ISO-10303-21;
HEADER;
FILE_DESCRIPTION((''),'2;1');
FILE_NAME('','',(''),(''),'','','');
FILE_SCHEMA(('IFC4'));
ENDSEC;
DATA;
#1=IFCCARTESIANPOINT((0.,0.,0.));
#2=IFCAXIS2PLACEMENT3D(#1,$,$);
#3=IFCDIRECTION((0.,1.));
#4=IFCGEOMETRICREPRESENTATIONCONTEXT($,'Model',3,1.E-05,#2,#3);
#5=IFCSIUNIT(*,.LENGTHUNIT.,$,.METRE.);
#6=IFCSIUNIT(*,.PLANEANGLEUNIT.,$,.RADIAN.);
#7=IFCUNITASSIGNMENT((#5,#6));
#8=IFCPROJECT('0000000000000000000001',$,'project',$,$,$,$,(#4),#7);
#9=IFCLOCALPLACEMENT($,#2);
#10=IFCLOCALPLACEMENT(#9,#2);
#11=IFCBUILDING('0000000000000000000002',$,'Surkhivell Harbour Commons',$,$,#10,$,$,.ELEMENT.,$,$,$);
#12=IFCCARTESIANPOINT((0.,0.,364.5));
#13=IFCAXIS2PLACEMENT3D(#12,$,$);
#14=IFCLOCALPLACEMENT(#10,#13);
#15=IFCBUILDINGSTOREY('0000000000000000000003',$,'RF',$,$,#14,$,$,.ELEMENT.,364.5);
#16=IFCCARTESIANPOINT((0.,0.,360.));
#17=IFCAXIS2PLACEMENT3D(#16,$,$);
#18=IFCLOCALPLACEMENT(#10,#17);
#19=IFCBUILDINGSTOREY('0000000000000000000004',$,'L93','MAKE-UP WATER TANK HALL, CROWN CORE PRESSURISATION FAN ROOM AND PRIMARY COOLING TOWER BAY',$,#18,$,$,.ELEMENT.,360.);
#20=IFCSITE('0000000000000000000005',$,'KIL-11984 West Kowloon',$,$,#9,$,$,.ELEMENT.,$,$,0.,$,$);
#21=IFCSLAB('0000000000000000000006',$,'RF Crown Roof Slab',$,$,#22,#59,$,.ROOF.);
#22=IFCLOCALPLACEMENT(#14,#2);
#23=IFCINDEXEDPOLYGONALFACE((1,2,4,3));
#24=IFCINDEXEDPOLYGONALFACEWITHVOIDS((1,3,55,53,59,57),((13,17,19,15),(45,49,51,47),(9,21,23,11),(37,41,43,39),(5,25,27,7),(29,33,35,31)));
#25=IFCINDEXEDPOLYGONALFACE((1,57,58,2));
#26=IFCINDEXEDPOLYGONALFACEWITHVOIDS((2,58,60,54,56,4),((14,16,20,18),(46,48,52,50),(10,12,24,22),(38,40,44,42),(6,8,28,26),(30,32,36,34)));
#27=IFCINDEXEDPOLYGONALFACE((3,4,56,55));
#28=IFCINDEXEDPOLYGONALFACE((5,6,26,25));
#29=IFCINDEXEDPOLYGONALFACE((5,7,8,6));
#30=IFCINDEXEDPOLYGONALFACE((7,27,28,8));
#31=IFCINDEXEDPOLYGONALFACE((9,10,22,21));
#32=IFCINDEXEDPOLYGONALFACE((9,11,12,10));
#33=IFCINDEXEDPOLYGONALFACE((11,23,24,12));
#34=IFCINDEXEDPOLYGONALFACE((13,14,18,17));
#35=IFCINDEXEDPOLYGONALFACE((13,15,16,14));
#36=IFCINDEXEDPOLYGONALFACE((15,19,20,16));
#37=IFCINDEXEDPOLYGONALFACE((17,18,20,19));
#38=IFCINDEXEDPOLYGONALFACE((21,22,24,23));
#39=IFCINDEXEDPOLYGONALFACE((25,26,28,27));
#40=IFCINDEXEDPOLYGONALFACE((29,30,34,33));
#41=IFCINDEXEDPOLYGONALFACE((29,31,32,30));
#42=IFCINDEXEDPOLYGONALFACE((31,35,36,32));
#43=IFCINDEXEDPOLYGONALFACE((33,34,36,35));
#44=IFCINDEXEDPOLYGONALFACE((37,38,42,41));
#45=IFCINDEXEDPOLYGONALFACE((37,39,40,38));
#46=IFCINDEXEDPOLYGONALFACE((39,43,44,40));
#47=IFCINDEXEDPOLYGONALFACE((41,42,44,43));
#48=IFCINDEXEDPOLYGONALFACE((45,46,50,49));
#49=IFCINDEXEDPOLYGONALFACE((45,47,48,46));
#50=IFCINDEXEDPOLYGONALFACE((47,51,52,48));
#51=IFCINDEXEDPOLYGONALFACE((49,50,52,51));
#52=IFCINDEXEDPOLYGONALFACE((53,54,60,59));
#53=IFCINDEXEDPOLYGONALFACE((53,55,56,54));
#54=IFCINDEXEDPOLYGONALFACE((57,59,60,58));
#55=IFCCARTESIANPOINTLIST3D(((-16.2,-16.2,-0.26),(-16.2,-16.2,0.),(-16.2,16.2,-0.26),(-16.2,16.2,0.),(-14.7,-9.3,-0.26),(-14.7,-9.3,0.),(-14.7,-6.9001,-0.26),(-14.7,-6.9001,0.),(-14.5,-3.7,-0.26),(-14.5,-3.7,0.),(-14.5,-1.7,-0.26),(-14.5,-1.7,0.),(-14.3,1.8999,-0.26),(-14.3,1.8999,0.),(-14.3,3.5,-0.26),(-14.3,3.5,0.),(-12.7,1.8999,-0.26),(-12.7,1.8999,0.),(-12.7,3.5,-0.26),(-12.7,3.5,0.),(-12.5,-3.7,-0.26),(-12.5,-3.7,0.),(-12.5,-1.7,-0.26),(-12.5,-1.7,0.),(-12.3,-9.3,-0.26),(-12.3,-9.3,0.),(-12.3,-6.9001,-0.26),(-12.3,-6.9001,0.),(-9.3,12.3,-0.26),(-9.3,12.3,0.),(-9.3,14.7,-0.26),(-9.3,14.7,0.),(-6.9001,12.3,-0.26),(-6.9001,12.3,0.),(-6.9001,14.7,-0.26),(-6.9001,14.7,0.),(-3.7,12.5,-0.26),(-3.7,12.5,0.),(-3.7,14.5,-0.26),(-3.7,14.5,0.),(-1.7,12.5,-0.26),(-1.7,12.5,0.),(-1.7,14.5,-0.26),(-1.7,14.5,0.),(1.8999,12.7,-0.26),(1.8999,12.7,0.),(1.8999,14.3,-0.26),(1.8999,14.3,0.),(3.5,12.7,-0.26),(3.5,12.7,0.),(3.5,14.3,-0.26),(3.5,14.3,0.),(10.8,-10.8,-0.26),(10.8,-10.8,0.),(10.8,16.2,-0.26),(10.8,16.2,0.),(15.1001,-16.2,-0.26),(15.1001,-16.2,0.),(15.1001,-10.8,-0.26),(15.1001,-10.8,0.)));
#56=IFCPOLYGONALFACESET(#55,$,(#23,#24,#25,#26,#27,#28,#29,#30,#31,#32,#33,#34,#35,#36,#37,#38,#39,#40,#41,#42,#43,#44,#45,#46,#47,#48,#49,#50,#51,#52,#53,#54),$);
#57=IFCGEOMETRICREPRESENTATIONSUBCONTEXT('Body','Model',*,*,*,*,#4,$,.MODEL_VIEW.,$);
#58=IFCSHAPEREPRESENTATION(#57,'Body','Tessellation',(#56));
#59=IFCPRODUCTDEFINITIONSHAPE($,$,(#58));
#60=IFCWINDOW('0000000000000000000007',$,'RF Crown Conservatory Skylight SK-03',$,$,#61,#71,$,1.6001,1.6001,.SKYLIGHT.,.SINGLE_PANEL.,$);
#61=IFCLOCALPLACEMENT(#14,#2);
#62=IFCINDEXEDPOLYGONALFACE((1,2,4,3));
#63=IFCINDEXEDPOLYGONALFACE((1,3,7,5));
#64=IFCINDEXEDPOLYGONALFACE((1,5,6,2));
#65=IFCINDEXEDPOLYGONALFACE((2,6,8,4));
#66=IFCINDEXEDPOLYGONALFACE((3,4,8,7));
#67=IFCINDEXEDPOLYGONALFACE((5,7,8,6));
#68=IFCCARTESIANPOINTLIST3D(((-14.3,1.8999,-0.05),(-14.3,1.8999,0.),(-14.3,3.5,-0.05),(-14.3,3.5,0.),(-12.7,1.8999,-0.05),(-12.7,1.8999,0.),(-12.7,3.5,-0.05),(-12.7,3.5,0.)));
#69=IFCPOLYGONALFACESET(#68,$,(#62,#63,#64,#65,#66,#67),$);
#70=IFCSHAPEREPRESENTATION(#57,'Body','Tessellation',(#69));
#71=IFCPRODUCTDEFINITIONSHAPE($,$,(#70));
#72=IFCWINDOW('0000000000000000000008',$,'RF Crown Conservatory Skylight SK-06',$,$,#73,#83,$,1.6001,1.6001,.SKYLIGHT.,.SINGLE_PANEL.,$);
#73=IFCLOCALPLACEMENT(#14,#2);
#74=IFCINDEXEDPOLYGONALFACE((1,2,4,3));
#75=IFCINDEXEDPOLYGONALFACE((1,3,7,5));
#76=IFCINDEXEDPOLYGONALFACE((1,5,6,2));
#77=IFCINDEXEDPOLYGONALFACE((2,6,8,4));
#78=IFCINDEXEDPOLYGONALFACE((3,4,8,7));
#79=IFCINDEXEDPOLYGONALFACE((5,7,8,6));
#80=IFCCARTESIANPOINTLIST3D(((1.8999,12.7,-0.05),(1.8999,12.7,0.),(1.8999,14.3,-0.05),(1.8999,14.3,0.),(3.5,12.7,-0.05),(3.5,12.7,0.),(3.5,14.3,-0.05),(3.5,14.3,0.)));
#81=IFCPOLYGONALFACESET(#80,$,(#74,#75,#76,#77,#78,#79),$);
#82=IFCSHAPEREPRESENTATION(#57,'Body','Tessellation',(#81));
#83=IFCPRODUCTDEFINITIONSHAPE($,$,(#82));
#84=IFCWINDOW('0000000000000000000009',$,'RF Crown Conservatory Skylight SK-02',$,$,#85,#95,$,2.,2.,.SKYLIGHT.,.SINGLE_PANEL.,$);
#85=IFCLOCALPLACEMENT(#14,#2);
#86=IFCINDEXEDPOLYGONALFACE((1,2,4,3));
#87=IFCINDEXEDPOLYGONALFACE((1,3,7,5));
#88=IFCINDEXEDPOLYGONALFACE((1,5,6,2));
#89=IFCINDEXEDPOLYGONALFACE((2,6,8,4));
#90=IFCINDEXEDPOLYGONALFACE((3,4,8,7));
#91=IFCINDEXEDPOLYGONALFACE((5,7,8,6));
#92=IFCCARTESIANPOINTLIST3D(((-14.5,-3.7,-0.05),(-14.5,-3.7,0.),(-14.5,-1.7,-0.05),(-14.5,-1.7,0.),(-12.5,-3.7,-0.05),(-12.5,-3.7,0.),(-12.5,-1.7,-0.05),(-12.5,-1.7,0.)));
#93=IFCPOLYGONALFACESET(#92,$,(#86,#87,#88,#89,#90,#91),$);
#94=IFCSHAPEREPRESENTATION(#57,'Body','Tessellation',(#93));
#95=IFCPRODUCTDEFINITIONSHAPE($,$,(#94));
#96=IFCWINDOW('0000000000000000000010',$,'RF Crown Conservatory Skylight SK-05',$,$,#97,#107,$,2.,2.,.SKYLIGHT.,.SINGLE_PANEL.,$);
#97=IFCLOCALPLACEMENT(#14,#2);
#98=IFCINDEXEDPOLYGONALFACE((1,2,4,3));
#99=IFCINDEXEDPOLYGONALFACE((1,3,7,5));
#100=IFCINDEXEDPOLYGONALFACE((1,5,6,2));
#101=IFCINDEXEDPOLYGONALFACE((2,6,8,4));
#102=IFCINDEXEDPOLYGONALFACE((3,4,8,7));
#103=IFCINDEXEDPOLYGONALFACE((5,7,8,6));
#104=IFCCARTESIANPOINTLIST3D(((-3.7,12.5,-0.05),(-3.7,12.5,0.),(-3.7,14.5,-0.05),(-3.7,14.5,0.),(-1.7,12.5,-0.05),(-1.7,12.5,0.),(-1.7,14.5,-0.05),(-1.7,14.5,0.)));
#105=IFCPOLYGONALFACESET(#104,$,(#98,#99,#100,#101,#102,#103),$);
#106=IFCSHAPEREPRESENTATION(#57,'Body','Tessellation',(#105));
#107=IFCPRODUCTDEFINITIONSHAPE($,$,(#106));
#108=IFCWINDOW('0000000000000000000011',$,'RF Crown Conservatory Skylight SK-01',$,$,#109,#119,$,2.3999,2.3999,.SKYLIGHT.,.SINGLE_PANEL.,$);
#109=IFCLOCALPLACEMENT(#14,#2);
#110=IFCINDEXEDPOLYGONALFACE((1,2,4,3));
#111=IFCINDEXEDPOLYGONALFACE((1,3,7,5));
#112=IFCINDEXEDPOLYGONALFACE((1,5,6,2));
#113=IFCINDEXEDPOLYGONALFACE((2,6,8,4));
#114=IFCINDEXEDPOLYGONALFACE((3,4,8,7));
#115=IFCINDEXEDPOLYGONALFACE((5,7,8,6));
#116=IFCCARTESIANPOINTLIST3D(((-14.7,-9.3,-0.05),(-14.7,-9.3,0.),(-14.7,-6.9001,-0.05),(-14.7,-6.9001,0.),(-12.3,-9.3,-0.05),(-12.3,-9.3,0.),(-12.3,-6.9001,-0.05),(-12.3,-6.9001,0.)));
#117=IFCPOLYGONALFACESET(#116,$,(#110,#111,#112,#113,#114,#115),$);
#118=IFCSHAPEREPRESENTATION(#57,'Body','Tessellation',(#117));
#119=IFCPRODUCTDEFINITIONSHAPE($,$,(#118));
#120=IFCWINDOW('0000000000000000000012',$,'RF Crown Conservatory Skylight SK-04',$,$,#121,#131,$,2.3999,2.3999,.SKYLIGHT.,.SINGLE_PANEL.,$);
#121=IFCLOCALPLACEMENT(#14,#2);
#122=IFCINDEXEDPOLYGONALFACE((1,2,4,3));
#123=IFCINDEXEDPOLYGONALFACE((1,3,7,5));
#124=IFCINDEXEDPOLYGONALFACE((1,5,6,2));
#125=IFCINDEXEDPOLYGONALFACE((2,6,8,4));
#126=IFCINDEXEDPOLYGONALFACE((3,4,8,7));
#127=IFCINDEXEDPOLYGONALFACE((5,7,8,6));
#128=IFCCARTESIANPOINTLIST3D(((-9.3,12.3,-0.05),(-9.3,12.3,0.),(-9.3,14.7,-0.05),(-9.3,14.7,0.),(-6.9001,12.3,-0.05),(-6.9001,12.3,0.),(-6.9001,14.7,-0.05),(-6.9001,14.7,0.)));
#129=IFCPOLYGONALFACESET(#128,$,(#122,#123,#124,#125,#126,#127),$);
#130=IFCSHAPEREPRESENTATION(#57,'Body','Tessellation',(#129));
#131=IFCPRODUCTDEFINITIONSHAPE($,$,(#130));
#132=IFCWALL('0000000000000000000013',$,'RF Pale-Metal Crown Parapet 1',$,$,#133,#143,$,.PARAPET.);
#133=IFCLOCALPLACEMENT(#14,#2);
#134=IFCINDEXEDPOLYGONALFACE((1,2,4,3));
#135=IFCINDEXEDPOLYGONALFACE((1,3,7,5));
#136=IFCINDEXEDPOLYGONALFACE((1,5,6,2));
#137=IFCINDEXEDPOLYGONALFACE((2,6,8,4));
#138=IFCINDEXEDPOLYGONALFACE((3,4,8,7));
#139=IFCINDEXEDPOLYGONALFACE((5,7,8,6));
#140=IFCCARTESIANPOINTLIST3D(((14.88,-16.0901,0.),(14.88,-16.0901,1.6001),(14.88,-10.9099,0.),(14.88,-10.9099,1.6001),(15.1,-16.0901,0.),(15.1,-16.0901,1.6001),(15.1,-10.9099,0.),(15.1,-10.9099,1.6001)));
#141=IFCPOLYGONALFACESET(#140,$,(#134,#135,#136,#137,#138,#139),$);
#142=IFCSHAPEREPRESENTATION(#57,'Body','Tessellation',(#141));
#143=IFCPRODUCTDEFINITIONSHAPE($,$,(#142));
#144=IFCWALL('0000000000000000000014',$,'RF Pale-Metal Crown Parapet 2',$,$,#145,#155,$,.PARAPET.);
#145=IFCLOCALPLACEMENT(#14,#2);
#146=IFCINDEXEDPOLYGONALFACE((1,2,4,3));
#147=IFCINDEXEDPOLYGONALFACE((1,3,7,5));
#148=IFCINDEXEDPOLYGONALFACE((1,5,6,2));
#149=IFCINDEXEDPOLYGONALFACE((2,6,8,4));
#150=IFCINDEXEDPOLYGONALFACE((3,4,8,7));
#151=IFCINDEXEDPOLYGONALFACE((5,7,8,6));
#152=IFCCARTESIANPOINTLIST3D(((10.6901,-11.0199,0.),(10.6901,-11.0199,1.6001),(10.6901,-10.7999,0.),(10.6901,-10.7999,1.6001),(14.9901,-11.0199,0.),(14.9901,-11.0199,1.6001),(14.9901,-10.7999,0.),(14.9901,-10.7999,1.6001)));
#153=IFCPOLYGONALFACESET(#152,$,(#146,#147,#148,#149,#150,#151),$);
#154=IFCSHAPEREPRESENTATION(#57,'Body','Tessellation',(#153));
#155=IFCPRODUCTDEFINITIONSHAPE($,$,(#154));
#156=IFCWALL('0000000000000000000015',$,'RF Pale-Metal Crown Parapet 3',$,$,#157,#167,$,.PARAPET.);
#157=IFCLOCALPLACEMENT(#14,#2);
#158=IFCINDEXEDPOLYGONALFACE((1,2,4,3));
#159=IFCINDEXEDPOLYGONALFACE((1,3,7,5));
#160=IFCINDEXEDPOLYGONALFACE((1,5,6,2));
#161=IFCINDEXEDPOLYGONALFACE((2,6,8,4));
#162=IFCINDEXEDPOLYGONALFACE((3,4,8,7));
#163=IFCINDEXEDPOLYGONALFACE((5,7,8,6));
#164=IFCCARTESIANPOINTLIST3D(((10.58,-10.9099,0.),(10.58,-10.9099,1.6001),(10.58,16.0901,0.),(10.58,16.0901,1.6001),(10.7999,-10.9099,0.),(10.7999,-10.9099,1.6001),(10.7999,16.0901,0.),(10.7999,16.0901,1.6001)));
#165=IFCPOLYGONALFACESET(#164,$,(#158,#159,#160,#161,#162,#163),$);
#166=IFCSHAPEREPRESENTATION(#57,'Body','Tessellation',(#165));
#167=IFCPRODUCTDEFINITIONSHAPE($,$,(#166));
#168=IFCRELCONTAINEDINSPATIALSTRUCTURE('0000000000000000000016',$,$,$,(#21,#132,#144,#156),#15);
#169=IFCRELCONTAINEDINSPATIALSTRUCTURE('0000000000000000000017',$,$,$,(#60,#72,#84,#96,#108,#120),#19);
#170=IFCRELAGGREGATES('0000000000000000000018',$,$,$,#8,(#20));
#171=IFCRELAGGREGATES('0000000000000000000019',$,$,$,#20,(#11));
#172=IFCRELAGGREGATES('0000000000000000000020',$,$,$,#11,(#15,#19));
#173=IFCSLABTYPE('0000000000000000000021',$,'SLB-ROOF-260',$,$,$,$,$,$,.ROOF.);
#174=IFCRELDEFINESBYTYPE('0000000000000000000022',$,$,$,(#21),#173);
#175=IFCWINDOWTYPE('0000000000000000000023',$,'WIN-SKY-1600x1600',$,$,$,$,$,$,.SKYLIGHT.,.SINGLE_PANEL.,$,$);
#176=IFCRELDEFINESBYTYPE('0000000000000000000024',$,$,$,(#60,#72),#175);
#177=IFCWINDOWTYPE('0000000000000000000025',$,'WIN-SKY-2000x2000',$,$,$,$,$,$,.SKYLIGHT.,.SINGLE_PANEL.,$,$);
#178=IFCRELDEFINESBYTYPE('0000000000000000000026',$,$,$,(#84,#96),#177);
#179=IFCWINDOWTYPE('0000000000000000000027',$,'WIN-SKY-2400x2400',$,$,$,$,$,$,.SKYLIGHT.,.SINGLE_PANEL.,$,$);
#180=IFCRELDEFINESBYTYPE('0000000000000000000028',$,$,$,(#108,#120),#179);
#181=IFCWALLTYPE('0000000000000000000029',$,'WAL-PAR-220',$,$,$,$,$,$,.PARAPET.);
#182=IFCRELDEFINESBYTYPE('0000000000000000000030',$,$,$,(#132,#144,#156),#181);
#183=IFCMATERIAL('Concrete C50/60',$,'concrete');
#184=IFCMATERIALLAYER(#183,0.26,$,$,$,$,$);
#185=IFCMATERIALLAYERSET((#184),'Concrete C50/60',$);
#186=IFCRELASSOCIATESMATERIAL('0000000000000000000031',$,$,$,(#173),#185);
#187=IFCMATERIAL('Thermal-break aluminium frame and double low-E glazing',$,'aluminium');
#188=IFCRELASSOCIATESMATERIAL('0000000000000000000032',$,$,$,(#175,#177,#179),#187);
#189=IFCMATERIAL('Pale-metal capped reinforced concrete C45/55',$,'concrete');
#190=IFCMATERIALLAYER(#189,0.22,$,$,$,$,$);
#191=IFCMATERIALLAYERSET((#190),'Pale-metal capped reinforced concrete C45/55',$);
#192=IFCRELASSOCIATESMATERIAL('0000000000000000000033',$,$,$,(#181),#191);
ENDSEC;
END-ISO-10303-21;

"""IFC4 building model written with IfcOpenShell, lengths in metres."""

from ifc_helpers import new_model, si_unit, direction, frame, frame_2d, origin, origin_2d, place, context, subcontext, project, spatial, polyline, rectangle, outline, extrude, material, layer, layer_set, type_object, element, fill, save


model = new_model("IFC4")

# Units and contexts
model_context = context("Model", 3, precision=1e-05, world=origin(), true_north=direction((0.0, 1.0)))
body_context = subcontext(model_context, "Body", "Model", "MODEL_VIEW")
ifc_project = project(units=[si_unit("LENGTHUNIT", "METRE"), si_unit("PLANEANGLEUNIT", "RADIAN")], contexts=[model_context])

# Site, building, storey
site_placement = place(None, origin())
site = spatial("IfcSite", under=ifc_project, at=site_placement, Name="KIL-11984 West Kowloon", CompositionType="ELEMENT", RefElevation=0.0)
building_placement = place(site_placement, origin())
building = spatial("IfcBuilding", under=site, at=building_placement, Name="Surkhivell Harbour Commons", CompositionType="ELEMENT")
storey_1_placement = place(building_placement, frame((0.0, 0.0, 364.5)))
storey_1 = spatial("IfcBuildingStorey", under=building, at=storey_1_placement, Name="RF", CompositionType="ELEMENT", Elevation=364.5)

# Slab, openings
ifc_material_1 = material(Name="Concrete C50/60", Category="concrete")
ifc_layer_1 = layer(ifc_material_1, 0.26)
ifc_layer_set_1 = layer_set([ifc_layer_1], Name="Concrete C50/60")
slab_type = type_object("IfcSlabType", Name="SLB-ROOF-260", PredefinedType="ROOF", material=ifc_layer_set_1)
slab_placement = place(storey_1_placement, frame((0.0, 0.0, -0.26)))
slab = element("IfcSlab", 1, at=slab_placement, inside=storey_1, type_object=slab_type, Name="RF Crown Roof Slab", PredefinedType="ROOF", context=body_context, shape_type="SweptSolid", body=[
    extrude(outline(polyline([(10.8, -16.2), (15.1001, -16.2), (15.1001, -10.8), (10.8, -10.8), (10.8, 16.2), (-16.2, 16.2), (-16.2, -16.2), (10.8, -16.2)])), origin(), (0.0, 0.0, 1.0), 0.26),
])
opening_1_placement = place(slab_placement, frame((-13.5, -8.1001, 0.0)))
opening_1 = element("IfcOpeningElement", 2, at=opening_1_placement, cuts=slab, PredefinedType="OPENING", context=body_context, shape_type="SweptSolid", body=[
    extrude(rectangle(XDim=2.3999, YDim=2.3999, at=origin_2d()), origin(), (0.0, 0.0, 1.0), 0.26),
])
opening_2_placement = place(slab_placement, frame((-13.5, -2.7, 0.0)))
opening_2 = element("IfcOpeningElement", 3, at=opening_2_placement, cuts=slab, PredefinedType="OPENING", context=body_context, shape_type="SweptSolid", body=[
    extrude(rectangle(XDim=2.0, YDim=2.0, at=origin_2d()), origin(), (0.0, 0.0, 1.0), 0.26),
])
opening_3_placement = place(slab_placement, frame((-13.5, 2.7, 0.0)))
opening_3 = element("IfcOpeningElement", 4, at=opening_3_placement, cuts=slab, PredefinedType="OPENING", context=body_context, shape_type="SweptSolid", body=[
    extrude(rectangle(XDim=1.6001, YDim=1.6001, at=origin_2d()), origin(), (0.0, 0.0, 1.0), 0.26),
])
opening_4_placement = place(slab_placement, frame((-8.1001, 13.5, 0.0)))
opening_4 = element("IfcOpeningElement", 5, at=opening_4_placement, cuts=slab, PredefinedType="OPENING", context=body_context, shape_type="SweptSolid", body=[
    extrude(rectangle(XDim=2.3999, YDim=2.3999, at=origin_2d()), origin(), (0.0, 0.0, 1.0), 0.26),
])
opening_5_placement = place(slab_placement, frame((-2.7, 13.5, 0.0)))
opening_5 = element("IfcOpeningElement", 6, at=opening_5_placement, cuts=slab, PredefinedType="OPENING", context=body_context, shape_type="SweptSolid", body=[
    extrude(rectangle(XDim=2.0, YDim=2.0, at=origin_2d()), origin(), (0.0, 0.0, 1.0), 0.26),
])
opening_6_placement = place(slab_placement, frame((2.7, 13.5, 0.0)))
opening_6 = element("IfcOpeningElement", 7, at=opening_6_placement, cuts=slab, PredefinedType="OPENING", context=body_context, shape_type="SweptSolid", body=[
    extrude(rectangle(XDim=1.6001, YDim=1.6001, at=origin_2d()), origin(), (0.0, 0.0, 1.0), 0.26),
])

# Shared definitions
storey_2_placement = place(building_placement, frame((0.0, 0.0, 360.0)))
storey_2 = spatial("IfcBuildingStorey", under=building, at=storey_2_placement, Name="L93", Description="MAKE-UP WATER TANK HALL, CROWN CORE PRESSURISATION FAN ROOM AND PRIMARY COOLING TOWER BAY", CompositionType="ELEMENT", Elevation=360.0)

# Windows
ifc_material_2 = material(Name="Thermal-break aluminium frame and double low-E glazing", Category="aluminium")
window_type_1 = type_object("IfcWindowType", Name="WIN-SKY-1600x1600", PartitioningType="SINGLE_PANEL", PredefinedType="SKYLIGHT", material=ifc_material_2)
window_1_placement = place(opening_3_placement, frame((0.0, 0.0, 0.21)))
window_1 = element("IfcWindow", 8, at=window_1_placement, inside=storey_2, type_object=window_type_1, Name="RF Crown Conservatory Skylight SK-03", OverallHeight=1.6001, OverallWidth=1.6001, PartitioningType="SINGLE_PANEL", PredefinedType="SKYLIGHT", context=body_context, shape_type="SweptSolid", body=[
    extrude(rectangle(XDim=1.6001, YDim=1.6001, at=origin_2d()), origin(), (0.0, 0.0, 1.0), 0.05),
])
fill(opening_3, window_1)
window_2_placement = place(opening_6_placement, frame((0.0, 0.0, 0.21)))
window_2 = element("IfcWindow", 9, at=window_2_placement, inside=storey_2, type_object=window_type_1, Name="RF Crown Conservatory Skylight SK-06", OverallHeight=1.6001, OverallWidth=1.6001, PartitioningType="SINGLE_PANEL", PredefinedType="SKYLIGHT", context=body_context, shape_type="SweptSolid", body=[
    extrude(rectangle(XDim=1.6001, YDim=1.6001, at=origin_2d()), origin(), (0.0, 0.0, 1.0), 0.05),
])
fill(opening_6, window_2)
window_type_2 = type_object("IfcWindowType", Name="WIN-SKY-2000x2000", PartitioningType="SINGLE_PANEL", PredefinedType="SKYLIGHT", material=ifc_material_2)
window_3_placement = place(opening_2_placement, frame((0.0, 0.0, 0.21)))
window_3 = element("IfcWindow", 10, at=window_3_placement, inside=storey_2, type_object=window_type_2, Name="RF Crown Conservatory Skylight SK-02", OverallHeight=2.0, OverallWidth=2.0, PartitioningType="SINGLE_PANEL", PredefinedType="SKYLIGHT", context=body_context, shape_type="SweptSolid", body=[
    extrude(rectangle(XDim=2.0, YDim=2.0, at=origin_2d()), origin(), (0.0, 0.0, 1.0), 0.05),
])
fill(opening_2, window_3)
window_4_placement = place(opening_5_placement, frame((0.0, 0.0, 0.21)))
window_4 = element("IfcWindow", 11, at=window_4_placement, inside=storey_2, type_object=window_type_2, Name="RF Crown Conservatory Skylight SK-05", OverallHeight=2.0, OverallWidth=2.0, PartitioningType="SINGLE_PANEL", PredefinedType="SKYLIGHT", context=body_context, shape_type="SweptSolid", body=[
    extrude(rectangle(XDim=2.0, YDim=2.0, at=origin_2d()), origin(), (0.0, 0.0, 1.0), 0.05),
])
fill(opening_5, window_4)
window_type_3 = type_object("IfcWindowType", Name="WIN-SKY-2400x2400", PartitioningType="SINGLE_PANEL", PredefinedType="SKYLIGHT", material=ifc_material_2)
window_5_placement = place(opening_1_placement, frame((0.0, 0.0, 0.21)))
window_5 = element("IfcWindow", 12, at=window_5_placement, inside=storey_2, type_object=window_type_3, Name="RF Crown Conservatory Skylight SK-01", OverallHeight=2.3999, OverallWidth=2.3999, PartitioningType="SINGLE_PANEL", PredefinedType="SKYLIGHT", context=body_context, shape_type="SweptSolid", body=[
    extrude(rectangle(XDim=2.3999, YDim=2.3999, at=origin_2d()), origin(), (0.0, 0.0, 1.0), 0.05),
])
fill(opening_1, window_5)
window_6_placement = place(opening_4_placement, frame((0.0, 0.0, 0.21)))
window_6 = element("IfcWindow", 13, at=window_6_placement, inside=storey_2, type_object=window_type_3, Name="RF Crown Conservatory Skylight SK-04", OverallHeight=2.3999, OverallWidth=2.3999, PartitioningType="SINGLE_PANEL", PredefinedType="SKYLIGHT", context=body_context, shape_type="SweptSolid", body=[
    extrude(rectangle(XDim=2.3999, YDim=2.3999, at=origin_2d()), origin(), (0.0, 0.0, 1.0), 0.05),
])
fill(opening_4, window_6)

# Walls
ifc_material_3 = material(Name="Pale-metal capped reinforced concrete C45/55", Category="concrete")
ifc_layer_2 = layer(ifc_material_3, 0.22)
ifc_layer_set_2 = layer_set([ifc_layer_2], Name="Pale-metal capped reinforced concrete C45/55")
wall_type = type_object("IfcWallType", Name="WAL-PAR-220", PredefinedType="PARAPET", material=ifc_layer_set_2)
wall_1_placement = place(storey_1_placement, frame((14.99, -16.0901, 0.0), z_axis=(0.0, 0.0, 1.0), x_axis=(0.0, 1.0, 0.0)))
element("IfcWall", 14, at=wall_1_placement, inside=storey_1, type_object=wall_type, Name="RF Pale-Metal Crown Parapet 1", PredefinedType="PARAPET", context=body_context, shape_type="SweptSolid", body=[
    extrude(rectangle(XDim=5.1802, YDim=0.22, at=frame_2d((2.5901, 0.0))), origin(), (0.0, 0.0, 1.0), 1.6001),
])
wall_2_placement = place(storey_1_placement, frame((14.99, -10.9099, 0.0), z_axis=(0.0, 0.0, 1.0), x_axis=(-1.0, 0.0, 0.0)))
element("IfcWall", 15, at=wall_2_placement, inside=storey_1, type_object=wall_type, Name="RF Pale-Metal Crown Parapet 2", PredefinedType="PARAPET", context=body_context, shape_type="SweptSolid", body=[
    extrude(rectangle(XDim=4.3, YDim=0.22, at=frame_2d((2.1499, 0.0))), origin(), (0.0, 0.0, 1.0), 1.6001),
])
wall_3_placement = place(storey_1_placement, frame((10.6899, -10.9099, 0.0), z_axis=(0.0, 0.0, 1.0), x_axis=(0.0, 1.0, 0.0)))
element("IfcWall", 16, at=wall_3_placement, inside=storey_1, type_object=wall_type, Name="RF Pale-Metal Crown Parapet 3", PredefinedType="PARAPET", context=body_context, shape_type="SweptSolid", body=[
    extrude(rectangle(XDim=27.0, YDim=0.22, at=frame_2d((13.5, 0.0))), origin(), (0.0, 0.0, 1.0), 1.6001),
])

save(model, "model.ifc")
